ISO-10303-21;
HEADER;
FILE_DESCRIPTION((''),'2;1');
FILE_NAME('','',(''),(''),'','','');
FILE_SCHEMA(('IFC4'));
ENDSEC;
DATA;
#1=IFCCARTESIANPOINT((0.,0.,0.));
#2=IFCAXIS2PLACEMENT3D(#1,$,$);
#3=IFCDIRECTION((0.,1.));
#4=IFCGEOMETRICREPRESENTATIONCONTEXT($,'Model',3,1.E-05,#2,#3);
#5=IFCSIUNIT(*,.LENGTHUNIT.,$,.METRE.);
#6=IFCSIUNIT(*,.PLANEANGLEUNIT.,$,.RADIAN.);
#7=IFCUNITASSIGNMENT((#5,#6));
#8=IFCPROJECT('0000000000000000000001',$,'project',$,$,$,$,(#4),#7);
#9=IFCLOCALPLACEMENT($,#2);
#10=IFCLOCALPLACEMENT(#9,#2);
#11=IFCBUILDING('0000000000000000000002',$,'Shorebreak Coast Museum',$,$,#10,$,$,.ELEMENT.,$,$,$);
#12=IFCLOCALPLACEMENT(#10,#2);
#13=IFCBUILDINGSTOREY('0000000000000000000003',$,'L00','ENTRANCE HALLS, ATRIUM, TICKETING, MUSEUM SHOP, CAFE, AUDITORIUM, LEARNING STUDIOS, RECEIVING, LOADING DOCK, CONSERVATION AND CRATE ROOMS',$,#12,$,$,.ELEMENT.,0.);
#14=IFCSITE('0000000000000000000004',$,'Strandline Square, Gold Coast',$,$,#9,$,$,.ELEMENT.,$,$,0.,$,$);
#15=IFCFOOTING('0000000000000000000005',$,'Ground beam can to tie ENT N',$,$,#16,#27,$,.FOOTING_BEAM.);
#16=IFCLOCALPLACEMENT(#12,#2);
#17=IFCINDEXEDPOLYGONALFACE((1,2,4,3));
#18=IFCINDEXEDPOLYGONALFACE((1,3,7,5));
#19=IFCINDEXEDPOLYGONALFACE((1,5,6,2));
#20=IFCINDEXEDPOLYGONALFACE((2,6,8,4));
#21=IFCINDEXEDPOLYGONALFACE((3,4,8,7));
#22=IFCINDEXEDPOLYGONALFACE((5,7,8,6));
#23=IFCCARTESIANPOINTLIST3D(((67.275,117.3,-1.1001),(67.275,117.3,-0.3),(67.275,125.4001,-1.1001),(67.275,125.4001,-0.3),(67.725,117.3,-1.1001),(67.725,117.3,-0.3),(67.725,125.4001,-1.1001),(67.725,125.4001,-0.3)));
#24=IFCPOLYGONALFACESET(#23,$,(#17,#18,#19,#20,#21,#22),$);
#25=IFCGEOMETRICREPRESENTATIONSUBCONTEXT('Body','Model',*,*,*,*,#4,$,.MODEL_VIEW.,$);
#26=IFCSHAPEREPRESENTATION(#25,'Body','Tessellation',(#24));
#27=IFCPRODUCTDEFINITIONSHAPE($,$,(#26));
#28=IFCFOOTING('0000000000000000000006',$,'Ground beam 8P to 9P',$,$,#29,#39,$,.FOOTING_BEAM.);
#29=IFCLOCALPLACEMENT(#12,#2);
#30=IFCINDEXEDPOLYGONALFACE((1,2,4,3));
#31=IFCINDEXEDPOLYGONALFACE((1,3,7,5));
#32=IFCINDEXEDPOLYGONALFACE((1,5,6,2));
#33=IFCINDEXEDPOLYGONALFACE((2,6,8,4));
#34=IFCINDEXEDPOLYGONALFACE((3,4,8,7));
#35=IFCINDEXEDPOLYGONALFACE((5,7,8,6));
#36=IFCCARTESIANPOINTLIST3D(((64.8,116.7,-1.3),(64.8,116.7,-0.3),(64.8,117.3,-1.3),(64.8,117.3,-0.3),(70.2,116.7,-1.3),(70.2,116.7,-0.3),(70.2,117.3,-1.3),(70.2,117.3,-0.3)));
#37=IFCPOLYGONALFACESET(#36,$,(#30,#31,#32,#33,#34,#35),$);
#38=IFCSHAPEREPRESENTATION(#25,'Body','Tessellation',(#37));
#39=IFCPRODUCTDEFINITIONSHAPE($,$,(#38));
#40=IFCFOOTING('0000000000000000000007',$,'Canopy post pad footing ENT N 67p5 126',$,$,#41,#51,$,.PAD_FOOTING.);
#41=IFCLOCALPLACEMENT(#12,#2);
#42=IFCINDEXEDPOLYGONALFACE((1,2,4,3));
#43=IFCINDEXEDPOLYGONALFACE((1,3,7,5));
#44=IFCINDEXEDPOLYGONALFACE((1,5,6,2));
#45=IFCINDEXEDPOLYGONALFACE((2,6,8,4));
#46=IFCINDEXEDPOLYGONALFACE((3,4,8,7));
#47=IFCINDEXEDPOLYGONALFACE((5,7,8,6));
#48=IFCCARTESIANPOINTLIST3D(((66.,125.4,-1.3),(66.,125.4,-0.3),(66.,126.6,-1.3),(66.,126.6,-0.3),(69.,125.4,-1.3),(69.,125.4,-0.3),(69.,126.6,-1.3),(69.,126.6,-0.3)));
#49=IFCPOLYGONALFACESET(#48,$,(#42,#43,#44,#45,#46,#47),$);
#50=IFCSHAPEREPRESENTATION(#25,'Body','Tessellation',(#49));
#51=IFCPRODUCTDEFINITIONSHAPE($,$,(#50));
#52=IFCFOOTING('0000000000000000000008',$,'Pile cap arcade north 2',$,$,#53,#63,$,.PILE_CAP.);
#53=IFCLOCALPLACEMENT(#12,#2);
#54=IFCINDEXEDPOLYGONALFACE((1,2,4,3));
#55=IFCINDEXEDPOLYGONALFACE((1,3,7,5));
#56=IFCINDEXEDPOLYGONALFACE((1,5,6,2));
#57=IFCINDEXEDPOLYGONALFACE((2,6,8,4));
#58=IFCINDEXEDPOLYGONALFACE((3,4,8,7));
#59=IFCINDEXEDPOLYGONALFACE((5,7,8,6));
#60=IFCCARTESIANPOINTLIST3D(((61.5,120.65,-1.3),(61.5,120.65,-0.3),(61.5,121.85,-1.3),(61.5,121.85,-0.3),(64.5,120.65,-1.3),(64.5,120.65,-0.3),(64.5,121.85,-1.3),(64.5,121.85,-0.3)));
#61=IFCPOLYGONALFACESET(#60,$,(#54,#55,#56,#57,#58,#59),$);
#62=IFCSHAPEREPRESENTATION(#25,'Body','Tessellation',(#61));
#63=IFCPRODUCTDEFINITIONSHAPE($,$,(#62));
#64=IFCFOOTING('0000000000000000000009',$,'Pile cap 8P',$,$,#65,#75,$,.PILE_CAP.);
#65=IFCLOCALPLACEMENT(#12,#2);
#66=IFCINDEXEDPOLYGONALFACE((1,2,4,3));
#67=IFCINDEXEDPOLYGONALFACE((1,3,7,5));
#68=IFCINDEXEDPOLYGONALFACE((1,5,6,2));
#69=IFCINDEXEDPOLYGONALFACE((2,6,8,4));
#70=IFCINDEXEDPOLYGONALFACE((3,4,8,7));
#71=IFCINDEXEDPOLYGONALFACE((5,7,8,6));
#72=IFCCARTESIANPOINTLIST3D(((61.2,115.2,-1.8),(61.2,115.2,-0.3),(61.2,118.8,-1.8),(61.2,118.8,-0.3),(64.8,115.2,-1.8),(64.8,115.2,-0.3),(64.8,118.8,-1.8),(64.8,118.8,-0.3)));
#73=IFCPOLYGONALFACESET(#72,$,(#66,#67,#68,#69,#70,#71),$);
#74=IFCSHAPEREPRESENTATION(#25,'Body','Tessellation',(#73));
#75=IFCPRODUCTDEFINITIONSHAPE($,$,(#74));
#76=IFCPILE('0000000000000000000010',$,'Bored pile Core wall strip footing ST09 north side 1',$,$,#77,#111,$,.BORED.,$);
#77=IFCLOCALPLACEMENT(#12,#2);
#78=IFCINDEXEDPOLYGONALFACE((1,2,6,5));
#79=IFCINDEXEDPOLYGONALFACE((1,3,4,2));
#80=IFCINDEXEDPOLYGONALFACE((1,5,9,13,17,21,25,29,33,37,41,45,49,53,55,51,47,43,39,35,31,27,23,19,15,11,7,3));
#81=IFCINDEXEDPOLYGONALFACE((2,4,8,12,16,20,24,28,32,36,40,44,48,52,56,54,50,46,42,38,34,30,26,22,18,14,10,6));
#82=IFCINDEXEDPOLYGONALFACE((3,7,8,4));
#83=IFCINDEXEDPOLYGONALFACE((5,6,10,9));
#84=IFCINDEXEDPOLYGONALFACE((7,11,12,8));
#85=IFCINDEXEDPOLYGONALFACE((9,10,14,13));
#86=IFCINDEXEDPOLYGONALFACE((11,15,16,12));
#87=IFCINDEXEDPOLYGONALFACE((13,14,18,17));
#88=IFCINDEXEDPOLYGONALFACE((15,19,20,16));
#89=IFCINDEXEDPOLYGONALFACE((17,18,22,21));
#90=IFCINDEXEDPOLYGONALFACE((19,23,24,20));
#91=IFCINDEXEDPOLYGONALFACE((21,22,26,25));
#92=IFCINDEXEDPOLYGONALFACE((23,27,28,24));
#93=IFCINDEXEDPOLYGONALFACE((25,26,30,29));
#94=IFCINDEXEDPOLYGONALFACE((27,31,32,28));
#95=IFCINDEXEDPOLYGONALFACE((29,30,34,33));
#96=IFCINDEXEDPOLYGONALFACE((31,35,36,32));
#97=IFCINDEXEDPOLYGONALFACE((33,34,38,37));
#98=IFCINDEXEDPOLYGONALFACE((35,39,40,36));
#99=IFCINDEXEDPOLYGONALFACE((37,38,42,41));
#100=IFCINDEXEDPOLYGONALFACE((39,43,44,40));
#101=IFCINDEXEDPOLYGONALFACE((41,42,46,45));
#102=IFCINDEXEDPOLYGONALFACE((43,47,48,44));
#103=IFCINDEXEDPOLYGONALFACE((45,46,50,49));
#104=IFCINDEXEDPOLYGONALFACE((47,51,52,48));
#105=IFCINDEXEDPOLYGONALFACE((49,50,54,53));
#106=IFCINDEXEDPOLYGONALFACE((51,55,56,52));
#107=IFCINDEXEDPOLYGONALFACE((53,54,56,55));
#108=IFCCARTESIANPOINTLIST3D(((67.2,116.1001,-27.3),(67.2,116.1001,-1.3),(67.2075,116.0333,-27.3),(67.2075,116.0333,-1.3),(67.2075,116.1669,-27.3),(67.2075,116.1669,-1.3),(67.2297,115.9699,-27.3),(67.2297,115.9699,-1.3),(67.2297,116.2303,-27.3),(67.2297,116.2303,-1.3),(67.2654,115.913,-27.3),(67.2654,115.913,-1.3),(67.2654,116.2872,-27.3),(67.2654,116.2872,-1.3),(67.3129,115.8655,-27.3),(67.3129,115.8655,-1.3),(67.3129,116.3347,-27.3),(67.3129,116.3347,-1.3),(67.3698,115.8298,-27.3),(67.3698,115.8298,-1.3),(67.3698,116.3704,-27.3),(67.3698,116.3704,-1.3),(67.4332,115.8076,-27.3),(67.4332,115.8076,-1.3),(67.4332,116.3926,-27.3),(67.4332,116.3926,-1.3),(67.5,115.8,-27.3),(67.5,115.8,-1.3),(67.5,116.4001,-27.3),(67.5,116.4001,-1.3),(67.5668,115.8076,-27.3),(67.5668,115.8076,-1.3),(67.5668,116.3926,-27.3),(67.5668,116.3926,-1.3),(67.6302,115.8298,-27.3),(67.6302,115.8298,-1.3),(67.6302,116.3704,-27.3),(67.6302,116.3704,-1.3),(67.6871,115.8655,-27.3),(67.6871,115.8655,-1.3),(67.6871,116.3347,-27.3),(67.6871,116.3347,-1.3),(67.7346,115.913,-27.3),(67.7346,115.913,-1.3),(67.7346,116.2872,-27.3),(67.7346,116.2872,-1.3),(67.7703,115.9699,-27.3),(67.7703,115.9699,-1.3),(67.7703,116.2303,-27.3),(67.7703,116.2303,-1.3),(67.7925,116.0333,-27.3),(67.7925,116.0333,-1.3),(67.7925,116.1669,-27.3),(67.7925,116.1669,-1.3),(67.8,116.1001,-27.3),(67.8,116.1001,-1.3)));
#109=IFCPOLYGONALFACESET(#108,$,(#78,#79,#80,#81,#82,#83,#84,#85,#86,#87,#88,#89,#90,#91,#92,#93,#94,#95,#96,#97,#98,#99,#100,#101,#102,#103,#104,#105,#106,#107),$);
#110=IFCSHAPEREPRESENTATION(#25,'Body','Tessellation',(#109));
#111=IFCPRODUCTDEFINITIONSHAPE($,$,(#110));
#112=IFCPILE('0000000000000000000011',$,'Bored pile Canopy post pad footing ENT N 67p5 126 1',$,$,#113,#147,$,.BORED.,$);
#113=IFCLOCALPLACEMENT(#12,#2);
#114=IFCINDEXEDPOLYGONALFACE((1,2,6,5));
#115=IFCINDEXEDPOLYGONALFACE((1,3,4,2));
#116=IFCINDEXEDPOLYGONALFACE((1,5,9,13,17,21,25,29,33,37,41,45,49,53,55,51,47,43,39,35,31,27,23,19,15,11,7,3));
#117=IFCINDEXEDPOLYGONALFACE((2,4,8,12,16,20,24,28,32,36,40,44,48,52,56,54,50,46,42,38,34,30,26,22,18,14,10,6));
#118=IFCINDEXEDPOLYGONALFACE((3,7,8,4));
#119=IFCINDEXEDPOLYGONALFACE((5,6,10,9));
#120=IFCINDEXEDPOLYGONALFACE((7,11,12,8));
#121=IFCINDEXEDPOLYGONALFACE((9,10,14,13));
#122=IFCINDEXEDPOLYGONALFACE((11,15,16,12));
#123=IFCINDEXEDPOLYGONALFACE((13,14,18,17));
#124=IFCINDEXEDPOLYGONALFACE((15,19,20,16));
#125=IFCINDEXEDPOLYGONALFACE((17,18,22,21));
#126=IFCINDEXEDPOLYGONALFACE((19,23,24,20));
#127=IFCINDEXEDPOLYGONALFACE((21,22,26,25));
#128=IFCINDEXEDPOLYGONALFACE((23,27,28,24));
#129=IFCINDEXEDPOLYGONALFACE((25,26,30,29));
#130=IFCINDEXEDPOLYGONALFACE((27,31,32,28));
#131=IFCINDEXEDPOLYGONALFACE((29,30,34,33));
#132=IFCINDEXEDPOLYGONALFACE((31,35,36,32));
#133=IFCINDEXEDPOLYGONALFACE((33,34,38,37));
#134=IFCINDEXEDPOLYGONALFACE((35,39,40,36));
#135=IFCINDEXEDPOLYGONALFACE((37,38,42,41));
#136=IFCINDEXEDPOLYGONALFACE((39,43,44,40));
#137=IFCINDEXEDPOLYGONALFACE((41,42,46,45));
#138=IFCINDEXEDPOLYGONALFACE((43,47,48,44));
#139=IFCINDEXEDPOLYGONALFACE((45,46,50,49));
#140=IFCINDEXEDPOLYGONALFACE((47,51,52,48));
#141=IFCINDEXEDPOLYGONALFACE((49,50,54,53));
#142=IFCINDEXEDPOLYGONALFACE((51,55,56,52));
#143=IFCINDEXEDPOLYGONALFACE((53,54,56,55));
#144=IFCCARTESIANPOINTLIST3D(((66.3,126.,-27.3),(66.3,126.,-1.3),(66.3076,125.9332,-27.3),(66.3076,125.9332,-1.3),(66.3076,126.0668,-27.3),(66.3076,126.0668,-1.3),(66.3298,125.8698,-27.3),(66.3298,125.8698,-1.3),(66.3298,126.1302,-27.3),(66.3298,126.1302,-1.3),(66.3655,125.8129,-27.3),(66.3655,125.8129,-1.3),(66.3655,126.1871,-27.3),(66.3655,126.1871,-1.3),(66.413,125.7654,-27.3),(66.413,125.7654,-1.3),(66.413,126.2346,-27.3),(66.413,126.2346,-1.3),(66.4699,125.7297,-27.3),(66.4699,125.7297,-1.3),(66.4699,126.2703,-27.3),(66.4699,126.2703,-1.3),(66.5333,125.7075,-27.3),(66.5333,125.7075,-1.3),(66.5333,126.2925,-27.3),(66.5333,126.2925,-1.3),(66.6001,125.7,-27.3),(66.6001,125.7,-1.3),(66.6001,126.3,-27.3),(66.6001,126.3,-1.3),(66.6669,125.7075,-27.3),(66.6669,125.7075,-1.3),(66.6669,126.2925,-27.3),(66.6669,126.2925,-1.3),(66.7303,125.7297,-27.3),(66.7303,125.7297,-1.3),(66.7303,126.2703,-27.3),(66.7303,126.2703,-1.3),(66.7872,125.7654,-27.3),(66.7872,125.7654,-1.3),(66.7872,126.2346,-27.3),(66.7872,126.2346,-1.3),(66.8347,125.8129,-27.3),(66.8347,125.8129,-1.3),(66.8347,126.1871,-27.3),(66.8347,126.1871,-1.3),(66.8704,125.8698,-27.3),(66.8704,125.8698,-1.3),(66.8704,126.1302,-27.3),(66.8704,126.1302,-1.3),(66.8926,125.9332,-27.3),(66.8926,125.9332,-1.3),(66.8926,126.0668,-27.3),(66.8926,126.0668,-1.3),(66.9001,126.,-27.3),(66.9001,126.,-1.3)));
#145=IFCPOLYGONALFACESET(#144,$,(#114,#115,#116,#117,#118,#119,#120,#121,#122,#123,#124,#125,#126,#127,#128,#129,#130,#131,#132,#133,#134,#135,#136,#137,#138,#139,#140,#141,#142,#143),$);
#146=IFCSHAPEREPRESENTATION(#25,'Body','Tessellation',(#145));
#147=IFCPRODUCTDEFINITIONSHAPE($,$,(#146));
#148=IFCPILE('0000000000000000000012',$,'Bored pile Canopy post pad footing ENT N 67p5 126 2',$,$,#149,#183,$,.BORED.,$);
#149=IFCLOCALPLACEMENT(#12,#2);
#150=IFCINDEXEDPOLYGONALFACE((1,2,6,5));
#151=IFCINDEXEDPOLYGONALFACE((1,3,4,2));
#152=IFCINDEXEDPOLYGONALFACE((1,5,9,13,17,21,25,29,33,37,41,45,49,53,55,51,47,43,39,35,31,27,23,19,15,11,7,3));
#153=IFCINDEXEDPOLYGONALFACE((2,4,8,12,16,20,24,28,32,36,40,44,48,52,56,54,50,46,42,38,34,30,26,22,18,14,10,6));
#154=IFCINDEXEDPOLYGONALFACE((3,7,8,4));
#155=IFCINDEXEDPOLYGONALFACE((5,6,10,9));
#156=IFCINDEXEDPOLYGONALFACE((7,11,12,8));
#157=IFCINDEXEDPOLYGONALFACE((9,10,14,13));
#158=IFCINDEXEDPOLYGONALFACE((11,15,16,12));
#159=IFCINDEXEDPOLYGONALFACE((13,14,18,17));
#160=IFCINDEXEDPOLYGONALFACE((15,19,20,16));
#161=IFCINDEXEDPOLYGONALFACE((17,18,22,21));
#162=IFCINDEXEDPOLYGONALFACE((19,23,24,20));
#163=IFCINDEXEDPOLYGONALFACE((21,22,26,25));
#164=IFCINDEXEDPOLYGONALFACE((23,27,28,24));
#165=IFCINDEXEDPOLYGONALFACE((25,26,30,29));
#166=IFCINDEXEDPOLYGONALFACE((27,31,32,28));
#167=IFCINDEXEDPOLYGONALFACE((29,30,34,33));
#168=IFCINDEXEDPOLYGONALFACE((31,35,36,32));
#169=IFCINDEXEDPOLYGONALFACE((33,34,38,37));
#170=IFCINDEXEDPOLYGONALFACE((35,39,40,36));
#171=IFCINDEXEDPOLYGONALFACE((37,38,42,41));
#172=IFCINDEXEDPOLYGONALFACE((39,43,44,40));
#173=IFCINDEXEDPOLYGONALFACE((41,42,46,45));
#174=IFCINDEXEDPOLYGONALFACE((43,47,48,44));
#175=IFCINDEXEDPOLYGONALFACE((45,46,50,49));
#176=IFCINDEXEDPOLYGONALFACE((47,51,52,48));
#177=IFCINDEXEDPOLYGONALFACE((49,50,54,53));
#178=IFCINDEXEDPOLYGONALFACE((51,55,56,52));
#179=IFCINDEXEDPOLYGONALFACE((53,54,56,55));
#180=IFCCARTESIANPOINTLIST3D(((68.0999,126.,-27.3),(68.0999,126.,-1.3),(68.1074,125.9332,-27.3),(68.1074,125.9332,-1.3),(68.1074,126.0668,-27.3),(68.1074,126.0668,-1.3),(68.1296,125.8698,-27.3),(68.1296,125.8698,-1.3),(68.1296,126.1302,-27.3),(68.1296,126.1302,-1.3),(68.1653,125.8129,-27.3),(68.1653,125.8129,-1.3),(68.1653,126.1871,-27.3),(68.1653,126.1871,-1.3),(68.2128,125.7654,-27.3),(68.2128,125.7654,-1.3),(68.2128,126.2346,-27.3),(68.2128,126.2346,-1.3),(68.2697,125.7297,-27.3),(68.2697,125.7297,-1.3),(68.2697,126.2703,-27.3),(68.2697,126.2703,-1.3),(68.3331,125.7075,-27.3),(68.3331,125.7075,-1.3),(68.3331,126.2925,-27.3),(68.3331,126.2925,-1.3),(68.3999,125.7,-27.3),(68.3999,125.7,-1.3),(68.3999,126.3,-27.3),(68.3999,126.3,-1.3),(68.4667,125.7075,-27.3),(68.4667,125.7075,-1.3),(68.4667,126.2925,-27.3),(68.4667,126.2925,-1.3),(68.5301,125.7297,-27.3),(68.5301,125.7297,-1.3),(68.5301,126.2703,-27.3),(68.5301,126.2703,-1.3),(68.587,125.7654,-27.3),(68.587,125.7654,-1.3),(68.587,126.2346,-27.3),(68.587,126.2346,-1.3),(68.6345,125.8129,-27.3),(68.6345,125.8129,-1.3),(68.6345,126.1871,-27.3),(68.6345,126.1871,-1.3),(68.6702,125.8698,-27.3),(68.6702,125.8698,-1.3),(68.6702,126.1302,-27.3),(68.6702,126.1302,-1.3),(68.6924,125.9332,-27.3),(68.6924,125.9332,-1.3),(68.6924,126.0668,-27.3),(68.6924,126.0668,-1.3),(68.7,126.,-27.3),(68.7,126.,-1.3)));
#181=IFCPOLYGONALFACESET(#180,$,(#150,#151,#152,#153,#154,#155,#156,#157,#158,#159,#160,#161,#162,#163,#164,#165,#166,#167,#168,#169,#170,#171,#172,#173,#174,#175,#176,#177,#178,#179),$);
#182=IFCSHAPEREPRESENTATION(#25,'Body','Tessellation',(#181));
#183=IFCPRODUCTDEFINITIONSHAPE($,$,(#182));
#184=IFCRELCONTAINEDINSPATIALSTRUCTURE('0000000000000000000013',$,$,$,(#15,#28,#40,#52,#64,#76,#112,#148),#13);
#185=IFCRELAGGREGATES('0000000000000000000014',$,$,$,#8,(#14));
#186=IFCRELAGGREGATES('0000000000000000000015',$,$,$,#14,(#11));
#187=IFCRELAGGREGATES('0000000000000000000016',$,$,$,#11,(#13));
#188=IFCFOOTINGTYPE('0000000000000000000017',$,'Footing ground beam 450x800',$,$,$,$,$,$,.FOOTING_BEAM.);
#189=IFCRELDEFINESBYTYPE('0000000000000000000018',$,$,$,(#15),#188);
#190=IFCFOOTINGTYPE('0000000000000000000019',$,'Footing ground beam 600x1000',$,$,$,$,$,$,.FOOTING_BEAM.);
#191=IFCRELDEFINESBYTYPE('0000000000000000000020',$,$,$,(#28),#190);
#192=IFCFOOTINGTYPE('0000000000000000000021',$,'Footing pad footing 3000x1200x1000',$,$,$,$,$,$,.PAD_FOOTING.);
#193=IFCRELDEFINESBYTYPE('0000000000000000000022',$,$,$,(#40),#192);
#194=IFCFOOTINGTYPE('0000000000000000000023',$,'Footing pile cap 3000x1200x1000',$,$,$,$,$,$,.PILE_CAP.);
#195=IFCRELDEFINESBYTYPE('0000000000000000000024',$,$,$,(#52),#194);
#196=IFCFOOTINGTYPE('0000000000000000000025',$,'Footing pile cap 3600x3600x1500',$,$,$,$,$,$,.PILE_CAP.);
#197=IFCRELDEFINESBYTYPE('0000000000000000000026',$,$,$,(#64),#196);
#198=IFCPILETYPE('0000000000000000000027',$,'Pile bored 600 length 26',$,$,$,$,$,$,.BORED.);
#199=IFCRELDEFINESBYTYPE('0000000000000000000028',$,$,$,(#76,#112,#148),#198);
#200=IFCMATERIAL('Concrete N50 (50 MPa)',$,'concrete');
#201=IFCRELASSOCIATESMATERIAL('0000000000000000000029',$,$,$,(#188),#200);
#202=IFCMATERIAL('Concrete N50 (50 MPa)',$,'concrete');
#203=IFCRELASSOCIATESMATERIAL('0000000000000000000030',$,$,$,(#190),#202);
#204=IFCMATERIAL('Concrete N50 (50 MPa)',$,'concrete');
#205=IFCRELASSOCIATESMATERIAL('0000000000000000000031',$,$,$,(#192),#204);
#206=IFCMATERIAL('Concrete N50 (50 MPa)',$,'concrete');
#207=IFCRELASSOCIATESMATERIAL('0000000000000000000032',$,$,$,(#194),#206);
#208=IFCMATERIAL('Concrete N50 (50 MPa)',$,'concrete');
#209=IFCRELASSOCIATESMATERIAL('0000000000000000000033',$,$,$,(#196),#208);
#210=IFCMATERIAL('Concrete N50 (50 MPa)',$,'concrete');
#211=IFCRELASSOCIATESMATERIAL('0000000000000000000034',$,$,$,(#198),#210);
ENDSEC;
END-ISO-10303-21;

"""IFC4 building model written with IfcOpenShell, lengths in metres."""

from ifc_helpers import new_model, si_unit, direction, frame, origin, origin_2d, place, context, subcontext, project, spatial, rectangle, circle, extrude, material, material_profile, profile_set, type_object, element, save


model = new_model("IFC4")

# Units and contexts
model_context = context("Model", 3, precision=1e-05, world=origin(), true_north=direction((0.0, 1.0)))
body_context = subcontext(model_context, "Body", "Model", "MODEL_VIEW")
ifc_project = project(units=[si_unit("LENGTHUNIT", "METRE"), si_unit("PLANEANGLEUNIT", "RADIAN")], contexts=[model_context])

# Site, building, storey
site_placement = place(None, origin())
site = spatial("IfcSite", under=ifc_project, at=site_placement, Name="Strandline Square, Gold Coast", CompositionType="ELEMENT", RefElevation=0.0)
building_placement = place(site_placement, origin())
building = spatial("IfcBuilding", under=site, at=building_placement, Name="Shorebreak Coast Museum", CompositionType="ELEMENT")
storey_placement = place(building_placement, origin())
storey = spatial("IfcBuildingStorey", under=building, at=storey_placement, Name="L00", Description="ENTRANCE HALLS, ATRIUM, TICKETING, MUSEUM SHOP, CAFE, AUDITORIUM, LEARNING STUDIOS, RECEIVING, LOADING DOCK, CONSERVATION AND CRATE ROOMS", CompositionType="ELEMENT", Elevation=0.0)

# Footings
ifc_material_1 = material(Name="Concrete N50 (50 MPa)", Category="concrete")
footing_type_1 = type_object("IfcFootingType", Name="Footing ground beam 450x800", PredefinedType="FOOTING_BEAM", material=ifc_material_1)
footing_1_placement = place(storey_placement, frame((67.5, 121.3501, -1.1001), z_axis=(0.0, 0.0, 1.0), x_axis=(1.0, 0.0, 0.0)))
element("IfcFooting", 1, at=footing_1_placement, inside=storey, type_object=footing_type_1, Name="Ground beam can to tie ENT N", PredefinedType="FOOTING_BEAM", context=body_context, shape_type="SweptSolid", body=[
    extrude(rectangle(XDim=0.45, YDim=8.1001, at=origin_2d()), origin(), (0.0, 0.0, 1.0), 0.8),
])
ifc_material_2 = material(Name="Concrete N50 (50 MPa)", Category="concrete")
footing_type_2 = type_object("IfcFootingType", Name="Footing ground beam 600x1000", PredefinedType="FOOTING_BEAM", material=ifc_material_2)
footing_2_placement = place(storey_placement, frame((67.5, 117.0, -1.3), z_axis=(0.0, 0.0, 1.0), x_axis=(1.0, 0.0, 0.0)))
element("IfcFooting", 2, at=footing_2_placement, inside=storey, type_object=footing_type_2, Name="Ground beam 8P to 9P", PredefinedType="FOOTING_BEAM", context=body_context, shape_type="SweptSolid", body=[
    extrude(rectangle(XDim=5.3999, YDim=0.6001, at=origin_2d()), origin(), (0.0, 0.0, 1.0), 1.0),
])
ifc_material_3 = material(Name="Concrete N50 (50 MPa)", Category="concrete")
footing_type_3 = type_object("IfcFootingType", Name="Footing pad footing 3000x1200x1000", PredefinedType="PAD_FOOTING", material=ifc_material_3)
footing_3_placement = place(storey_placement, frame((67.5, 126.0, -1.3), z_axis=(0.0, 0.0, 1.0), x_axis=(1.0, 0.0, 0.0)))
element("IfcFooting", 3, at=footing_3_placement, inside=storey, type_object=footing_type_3, Name="Canopy post pad footing ENT N 67p5 126", PredefinedType="PAD_FOOTING", context=body_context, shape_type="SweptSolid", body=[
    extrude(rectangle(XDim=3.0, YDim=1.2, at=origin_2d()), origin(), (0.0, 0.0, 1.0), 1.0),
])
ifc_material_4 = material(Name="Concrete N50 (50 MPa)", Category="concrete")
footing_type_4 = type_object("IfcFootingType", Name="Footing pile cap 3000x1200x1000", PredefinedType="PILE_CAP", material=ifc_material_4)
footing_4_placement = place(storey_placement, frame((63.0, 121.25, -1.3), z_axis=(0.0, 0.0, 1.0), x_axis=(1.0, 0.0, 0.0)))
element("IfcFooting", 4, at=footing_4_placement, inside=storey, type_object=footing_type_4, Name="Pile cap arcade north 2", PredefinedType="PILE_CAP", context=body_context, shape_type="SweptSolid", body=[
    extrude(rectangle(XDim=3.0, YDim=1.2, at=origin_2d()), origin(), (0.0, 0.0, 1.0), 1.0),
])
ifc_material_5 = material(Name="Concrete N50 (50 MPa)", Category="concrete")
footing_type_5 = type_object("IfcFootingType", Name="Footing pile cap 3600x3600x1500", PredefinedType="PILE_CAP", material=ifc_material_5)
footing_5_placement = place(storey_placement, frame((63.0, 117.0, -1.8), z_axis=(0.0, 0.0, 1.0), x_axis=(1.0, 0.0, 0.0)))
element("IfcFooting", 5, at=footing_5_placement, inside=storey, type_object=footing_type_5, Name="Pile cap 8P", PredefinedType="PILE_CAP", context=body_context, shape_type="SweptSolid", body=[
    extrude(rectangle(XDim=3.6001, YDim=3.6001, at=origin_2d()), origin(), (0.0, 0.0, 1.0), 1.5),
])

# Piles
ifc_material_6 = material(Name="Concrete N50 (50 MPa)", Category="concrete")
ifc_material_profile_1 = material_profile(ifc_material_6, circle(Radius=0.3, at=origin_2d()), Name="Pile bored 600 length 26")
ifc_profile_set_1 = profile_set([ifc_material_profile_1], Name="Concrete N50 (50 MPa)")
pile_type_1 = type_object("IfcPileType", Name="Pile bored 600 length 26", PredefinedType="BORED", material=ifc_profile_set_1)
for number, where, z_axis, x_axis, name in (
    (6, (67.5, 116.1001, -1.3), (0.0, 0.0, -1.0), (1.0, 0.0, 0.0), "Bored pile Core wall strip footing ST09 north side 1"),
    (7, (66.6001, 126.0, -1.3), (0.0, 0.0, -1.0), (1.0, 0.0, 0.0), "Bored pile Canopy post pad footing ENT N 67p5 126 1"),
    (8, (68.3999, 126.0, -1.3), (0.0, 0.0, -1.0), (1.0, 0.0, 0.0), "Bored pile Canopy post pad footing ENT N 67p5 126 2"),
):
    element("IfcPile", number, at=place(storey_placement, frame(where, z_axis=z_axis, x_axis=x_axis)), inside=storey, type_object=pile_type_1, Name=name, PredefinedType="BORED", context=body_context, shape_type="SweptSolid", body=[
        extrude(circle(Radius=0.3, at=origin_2d()), origin(), (0.0, 0.0, 1.0), 26.0),
    ])

save(model, "model.ifc")
